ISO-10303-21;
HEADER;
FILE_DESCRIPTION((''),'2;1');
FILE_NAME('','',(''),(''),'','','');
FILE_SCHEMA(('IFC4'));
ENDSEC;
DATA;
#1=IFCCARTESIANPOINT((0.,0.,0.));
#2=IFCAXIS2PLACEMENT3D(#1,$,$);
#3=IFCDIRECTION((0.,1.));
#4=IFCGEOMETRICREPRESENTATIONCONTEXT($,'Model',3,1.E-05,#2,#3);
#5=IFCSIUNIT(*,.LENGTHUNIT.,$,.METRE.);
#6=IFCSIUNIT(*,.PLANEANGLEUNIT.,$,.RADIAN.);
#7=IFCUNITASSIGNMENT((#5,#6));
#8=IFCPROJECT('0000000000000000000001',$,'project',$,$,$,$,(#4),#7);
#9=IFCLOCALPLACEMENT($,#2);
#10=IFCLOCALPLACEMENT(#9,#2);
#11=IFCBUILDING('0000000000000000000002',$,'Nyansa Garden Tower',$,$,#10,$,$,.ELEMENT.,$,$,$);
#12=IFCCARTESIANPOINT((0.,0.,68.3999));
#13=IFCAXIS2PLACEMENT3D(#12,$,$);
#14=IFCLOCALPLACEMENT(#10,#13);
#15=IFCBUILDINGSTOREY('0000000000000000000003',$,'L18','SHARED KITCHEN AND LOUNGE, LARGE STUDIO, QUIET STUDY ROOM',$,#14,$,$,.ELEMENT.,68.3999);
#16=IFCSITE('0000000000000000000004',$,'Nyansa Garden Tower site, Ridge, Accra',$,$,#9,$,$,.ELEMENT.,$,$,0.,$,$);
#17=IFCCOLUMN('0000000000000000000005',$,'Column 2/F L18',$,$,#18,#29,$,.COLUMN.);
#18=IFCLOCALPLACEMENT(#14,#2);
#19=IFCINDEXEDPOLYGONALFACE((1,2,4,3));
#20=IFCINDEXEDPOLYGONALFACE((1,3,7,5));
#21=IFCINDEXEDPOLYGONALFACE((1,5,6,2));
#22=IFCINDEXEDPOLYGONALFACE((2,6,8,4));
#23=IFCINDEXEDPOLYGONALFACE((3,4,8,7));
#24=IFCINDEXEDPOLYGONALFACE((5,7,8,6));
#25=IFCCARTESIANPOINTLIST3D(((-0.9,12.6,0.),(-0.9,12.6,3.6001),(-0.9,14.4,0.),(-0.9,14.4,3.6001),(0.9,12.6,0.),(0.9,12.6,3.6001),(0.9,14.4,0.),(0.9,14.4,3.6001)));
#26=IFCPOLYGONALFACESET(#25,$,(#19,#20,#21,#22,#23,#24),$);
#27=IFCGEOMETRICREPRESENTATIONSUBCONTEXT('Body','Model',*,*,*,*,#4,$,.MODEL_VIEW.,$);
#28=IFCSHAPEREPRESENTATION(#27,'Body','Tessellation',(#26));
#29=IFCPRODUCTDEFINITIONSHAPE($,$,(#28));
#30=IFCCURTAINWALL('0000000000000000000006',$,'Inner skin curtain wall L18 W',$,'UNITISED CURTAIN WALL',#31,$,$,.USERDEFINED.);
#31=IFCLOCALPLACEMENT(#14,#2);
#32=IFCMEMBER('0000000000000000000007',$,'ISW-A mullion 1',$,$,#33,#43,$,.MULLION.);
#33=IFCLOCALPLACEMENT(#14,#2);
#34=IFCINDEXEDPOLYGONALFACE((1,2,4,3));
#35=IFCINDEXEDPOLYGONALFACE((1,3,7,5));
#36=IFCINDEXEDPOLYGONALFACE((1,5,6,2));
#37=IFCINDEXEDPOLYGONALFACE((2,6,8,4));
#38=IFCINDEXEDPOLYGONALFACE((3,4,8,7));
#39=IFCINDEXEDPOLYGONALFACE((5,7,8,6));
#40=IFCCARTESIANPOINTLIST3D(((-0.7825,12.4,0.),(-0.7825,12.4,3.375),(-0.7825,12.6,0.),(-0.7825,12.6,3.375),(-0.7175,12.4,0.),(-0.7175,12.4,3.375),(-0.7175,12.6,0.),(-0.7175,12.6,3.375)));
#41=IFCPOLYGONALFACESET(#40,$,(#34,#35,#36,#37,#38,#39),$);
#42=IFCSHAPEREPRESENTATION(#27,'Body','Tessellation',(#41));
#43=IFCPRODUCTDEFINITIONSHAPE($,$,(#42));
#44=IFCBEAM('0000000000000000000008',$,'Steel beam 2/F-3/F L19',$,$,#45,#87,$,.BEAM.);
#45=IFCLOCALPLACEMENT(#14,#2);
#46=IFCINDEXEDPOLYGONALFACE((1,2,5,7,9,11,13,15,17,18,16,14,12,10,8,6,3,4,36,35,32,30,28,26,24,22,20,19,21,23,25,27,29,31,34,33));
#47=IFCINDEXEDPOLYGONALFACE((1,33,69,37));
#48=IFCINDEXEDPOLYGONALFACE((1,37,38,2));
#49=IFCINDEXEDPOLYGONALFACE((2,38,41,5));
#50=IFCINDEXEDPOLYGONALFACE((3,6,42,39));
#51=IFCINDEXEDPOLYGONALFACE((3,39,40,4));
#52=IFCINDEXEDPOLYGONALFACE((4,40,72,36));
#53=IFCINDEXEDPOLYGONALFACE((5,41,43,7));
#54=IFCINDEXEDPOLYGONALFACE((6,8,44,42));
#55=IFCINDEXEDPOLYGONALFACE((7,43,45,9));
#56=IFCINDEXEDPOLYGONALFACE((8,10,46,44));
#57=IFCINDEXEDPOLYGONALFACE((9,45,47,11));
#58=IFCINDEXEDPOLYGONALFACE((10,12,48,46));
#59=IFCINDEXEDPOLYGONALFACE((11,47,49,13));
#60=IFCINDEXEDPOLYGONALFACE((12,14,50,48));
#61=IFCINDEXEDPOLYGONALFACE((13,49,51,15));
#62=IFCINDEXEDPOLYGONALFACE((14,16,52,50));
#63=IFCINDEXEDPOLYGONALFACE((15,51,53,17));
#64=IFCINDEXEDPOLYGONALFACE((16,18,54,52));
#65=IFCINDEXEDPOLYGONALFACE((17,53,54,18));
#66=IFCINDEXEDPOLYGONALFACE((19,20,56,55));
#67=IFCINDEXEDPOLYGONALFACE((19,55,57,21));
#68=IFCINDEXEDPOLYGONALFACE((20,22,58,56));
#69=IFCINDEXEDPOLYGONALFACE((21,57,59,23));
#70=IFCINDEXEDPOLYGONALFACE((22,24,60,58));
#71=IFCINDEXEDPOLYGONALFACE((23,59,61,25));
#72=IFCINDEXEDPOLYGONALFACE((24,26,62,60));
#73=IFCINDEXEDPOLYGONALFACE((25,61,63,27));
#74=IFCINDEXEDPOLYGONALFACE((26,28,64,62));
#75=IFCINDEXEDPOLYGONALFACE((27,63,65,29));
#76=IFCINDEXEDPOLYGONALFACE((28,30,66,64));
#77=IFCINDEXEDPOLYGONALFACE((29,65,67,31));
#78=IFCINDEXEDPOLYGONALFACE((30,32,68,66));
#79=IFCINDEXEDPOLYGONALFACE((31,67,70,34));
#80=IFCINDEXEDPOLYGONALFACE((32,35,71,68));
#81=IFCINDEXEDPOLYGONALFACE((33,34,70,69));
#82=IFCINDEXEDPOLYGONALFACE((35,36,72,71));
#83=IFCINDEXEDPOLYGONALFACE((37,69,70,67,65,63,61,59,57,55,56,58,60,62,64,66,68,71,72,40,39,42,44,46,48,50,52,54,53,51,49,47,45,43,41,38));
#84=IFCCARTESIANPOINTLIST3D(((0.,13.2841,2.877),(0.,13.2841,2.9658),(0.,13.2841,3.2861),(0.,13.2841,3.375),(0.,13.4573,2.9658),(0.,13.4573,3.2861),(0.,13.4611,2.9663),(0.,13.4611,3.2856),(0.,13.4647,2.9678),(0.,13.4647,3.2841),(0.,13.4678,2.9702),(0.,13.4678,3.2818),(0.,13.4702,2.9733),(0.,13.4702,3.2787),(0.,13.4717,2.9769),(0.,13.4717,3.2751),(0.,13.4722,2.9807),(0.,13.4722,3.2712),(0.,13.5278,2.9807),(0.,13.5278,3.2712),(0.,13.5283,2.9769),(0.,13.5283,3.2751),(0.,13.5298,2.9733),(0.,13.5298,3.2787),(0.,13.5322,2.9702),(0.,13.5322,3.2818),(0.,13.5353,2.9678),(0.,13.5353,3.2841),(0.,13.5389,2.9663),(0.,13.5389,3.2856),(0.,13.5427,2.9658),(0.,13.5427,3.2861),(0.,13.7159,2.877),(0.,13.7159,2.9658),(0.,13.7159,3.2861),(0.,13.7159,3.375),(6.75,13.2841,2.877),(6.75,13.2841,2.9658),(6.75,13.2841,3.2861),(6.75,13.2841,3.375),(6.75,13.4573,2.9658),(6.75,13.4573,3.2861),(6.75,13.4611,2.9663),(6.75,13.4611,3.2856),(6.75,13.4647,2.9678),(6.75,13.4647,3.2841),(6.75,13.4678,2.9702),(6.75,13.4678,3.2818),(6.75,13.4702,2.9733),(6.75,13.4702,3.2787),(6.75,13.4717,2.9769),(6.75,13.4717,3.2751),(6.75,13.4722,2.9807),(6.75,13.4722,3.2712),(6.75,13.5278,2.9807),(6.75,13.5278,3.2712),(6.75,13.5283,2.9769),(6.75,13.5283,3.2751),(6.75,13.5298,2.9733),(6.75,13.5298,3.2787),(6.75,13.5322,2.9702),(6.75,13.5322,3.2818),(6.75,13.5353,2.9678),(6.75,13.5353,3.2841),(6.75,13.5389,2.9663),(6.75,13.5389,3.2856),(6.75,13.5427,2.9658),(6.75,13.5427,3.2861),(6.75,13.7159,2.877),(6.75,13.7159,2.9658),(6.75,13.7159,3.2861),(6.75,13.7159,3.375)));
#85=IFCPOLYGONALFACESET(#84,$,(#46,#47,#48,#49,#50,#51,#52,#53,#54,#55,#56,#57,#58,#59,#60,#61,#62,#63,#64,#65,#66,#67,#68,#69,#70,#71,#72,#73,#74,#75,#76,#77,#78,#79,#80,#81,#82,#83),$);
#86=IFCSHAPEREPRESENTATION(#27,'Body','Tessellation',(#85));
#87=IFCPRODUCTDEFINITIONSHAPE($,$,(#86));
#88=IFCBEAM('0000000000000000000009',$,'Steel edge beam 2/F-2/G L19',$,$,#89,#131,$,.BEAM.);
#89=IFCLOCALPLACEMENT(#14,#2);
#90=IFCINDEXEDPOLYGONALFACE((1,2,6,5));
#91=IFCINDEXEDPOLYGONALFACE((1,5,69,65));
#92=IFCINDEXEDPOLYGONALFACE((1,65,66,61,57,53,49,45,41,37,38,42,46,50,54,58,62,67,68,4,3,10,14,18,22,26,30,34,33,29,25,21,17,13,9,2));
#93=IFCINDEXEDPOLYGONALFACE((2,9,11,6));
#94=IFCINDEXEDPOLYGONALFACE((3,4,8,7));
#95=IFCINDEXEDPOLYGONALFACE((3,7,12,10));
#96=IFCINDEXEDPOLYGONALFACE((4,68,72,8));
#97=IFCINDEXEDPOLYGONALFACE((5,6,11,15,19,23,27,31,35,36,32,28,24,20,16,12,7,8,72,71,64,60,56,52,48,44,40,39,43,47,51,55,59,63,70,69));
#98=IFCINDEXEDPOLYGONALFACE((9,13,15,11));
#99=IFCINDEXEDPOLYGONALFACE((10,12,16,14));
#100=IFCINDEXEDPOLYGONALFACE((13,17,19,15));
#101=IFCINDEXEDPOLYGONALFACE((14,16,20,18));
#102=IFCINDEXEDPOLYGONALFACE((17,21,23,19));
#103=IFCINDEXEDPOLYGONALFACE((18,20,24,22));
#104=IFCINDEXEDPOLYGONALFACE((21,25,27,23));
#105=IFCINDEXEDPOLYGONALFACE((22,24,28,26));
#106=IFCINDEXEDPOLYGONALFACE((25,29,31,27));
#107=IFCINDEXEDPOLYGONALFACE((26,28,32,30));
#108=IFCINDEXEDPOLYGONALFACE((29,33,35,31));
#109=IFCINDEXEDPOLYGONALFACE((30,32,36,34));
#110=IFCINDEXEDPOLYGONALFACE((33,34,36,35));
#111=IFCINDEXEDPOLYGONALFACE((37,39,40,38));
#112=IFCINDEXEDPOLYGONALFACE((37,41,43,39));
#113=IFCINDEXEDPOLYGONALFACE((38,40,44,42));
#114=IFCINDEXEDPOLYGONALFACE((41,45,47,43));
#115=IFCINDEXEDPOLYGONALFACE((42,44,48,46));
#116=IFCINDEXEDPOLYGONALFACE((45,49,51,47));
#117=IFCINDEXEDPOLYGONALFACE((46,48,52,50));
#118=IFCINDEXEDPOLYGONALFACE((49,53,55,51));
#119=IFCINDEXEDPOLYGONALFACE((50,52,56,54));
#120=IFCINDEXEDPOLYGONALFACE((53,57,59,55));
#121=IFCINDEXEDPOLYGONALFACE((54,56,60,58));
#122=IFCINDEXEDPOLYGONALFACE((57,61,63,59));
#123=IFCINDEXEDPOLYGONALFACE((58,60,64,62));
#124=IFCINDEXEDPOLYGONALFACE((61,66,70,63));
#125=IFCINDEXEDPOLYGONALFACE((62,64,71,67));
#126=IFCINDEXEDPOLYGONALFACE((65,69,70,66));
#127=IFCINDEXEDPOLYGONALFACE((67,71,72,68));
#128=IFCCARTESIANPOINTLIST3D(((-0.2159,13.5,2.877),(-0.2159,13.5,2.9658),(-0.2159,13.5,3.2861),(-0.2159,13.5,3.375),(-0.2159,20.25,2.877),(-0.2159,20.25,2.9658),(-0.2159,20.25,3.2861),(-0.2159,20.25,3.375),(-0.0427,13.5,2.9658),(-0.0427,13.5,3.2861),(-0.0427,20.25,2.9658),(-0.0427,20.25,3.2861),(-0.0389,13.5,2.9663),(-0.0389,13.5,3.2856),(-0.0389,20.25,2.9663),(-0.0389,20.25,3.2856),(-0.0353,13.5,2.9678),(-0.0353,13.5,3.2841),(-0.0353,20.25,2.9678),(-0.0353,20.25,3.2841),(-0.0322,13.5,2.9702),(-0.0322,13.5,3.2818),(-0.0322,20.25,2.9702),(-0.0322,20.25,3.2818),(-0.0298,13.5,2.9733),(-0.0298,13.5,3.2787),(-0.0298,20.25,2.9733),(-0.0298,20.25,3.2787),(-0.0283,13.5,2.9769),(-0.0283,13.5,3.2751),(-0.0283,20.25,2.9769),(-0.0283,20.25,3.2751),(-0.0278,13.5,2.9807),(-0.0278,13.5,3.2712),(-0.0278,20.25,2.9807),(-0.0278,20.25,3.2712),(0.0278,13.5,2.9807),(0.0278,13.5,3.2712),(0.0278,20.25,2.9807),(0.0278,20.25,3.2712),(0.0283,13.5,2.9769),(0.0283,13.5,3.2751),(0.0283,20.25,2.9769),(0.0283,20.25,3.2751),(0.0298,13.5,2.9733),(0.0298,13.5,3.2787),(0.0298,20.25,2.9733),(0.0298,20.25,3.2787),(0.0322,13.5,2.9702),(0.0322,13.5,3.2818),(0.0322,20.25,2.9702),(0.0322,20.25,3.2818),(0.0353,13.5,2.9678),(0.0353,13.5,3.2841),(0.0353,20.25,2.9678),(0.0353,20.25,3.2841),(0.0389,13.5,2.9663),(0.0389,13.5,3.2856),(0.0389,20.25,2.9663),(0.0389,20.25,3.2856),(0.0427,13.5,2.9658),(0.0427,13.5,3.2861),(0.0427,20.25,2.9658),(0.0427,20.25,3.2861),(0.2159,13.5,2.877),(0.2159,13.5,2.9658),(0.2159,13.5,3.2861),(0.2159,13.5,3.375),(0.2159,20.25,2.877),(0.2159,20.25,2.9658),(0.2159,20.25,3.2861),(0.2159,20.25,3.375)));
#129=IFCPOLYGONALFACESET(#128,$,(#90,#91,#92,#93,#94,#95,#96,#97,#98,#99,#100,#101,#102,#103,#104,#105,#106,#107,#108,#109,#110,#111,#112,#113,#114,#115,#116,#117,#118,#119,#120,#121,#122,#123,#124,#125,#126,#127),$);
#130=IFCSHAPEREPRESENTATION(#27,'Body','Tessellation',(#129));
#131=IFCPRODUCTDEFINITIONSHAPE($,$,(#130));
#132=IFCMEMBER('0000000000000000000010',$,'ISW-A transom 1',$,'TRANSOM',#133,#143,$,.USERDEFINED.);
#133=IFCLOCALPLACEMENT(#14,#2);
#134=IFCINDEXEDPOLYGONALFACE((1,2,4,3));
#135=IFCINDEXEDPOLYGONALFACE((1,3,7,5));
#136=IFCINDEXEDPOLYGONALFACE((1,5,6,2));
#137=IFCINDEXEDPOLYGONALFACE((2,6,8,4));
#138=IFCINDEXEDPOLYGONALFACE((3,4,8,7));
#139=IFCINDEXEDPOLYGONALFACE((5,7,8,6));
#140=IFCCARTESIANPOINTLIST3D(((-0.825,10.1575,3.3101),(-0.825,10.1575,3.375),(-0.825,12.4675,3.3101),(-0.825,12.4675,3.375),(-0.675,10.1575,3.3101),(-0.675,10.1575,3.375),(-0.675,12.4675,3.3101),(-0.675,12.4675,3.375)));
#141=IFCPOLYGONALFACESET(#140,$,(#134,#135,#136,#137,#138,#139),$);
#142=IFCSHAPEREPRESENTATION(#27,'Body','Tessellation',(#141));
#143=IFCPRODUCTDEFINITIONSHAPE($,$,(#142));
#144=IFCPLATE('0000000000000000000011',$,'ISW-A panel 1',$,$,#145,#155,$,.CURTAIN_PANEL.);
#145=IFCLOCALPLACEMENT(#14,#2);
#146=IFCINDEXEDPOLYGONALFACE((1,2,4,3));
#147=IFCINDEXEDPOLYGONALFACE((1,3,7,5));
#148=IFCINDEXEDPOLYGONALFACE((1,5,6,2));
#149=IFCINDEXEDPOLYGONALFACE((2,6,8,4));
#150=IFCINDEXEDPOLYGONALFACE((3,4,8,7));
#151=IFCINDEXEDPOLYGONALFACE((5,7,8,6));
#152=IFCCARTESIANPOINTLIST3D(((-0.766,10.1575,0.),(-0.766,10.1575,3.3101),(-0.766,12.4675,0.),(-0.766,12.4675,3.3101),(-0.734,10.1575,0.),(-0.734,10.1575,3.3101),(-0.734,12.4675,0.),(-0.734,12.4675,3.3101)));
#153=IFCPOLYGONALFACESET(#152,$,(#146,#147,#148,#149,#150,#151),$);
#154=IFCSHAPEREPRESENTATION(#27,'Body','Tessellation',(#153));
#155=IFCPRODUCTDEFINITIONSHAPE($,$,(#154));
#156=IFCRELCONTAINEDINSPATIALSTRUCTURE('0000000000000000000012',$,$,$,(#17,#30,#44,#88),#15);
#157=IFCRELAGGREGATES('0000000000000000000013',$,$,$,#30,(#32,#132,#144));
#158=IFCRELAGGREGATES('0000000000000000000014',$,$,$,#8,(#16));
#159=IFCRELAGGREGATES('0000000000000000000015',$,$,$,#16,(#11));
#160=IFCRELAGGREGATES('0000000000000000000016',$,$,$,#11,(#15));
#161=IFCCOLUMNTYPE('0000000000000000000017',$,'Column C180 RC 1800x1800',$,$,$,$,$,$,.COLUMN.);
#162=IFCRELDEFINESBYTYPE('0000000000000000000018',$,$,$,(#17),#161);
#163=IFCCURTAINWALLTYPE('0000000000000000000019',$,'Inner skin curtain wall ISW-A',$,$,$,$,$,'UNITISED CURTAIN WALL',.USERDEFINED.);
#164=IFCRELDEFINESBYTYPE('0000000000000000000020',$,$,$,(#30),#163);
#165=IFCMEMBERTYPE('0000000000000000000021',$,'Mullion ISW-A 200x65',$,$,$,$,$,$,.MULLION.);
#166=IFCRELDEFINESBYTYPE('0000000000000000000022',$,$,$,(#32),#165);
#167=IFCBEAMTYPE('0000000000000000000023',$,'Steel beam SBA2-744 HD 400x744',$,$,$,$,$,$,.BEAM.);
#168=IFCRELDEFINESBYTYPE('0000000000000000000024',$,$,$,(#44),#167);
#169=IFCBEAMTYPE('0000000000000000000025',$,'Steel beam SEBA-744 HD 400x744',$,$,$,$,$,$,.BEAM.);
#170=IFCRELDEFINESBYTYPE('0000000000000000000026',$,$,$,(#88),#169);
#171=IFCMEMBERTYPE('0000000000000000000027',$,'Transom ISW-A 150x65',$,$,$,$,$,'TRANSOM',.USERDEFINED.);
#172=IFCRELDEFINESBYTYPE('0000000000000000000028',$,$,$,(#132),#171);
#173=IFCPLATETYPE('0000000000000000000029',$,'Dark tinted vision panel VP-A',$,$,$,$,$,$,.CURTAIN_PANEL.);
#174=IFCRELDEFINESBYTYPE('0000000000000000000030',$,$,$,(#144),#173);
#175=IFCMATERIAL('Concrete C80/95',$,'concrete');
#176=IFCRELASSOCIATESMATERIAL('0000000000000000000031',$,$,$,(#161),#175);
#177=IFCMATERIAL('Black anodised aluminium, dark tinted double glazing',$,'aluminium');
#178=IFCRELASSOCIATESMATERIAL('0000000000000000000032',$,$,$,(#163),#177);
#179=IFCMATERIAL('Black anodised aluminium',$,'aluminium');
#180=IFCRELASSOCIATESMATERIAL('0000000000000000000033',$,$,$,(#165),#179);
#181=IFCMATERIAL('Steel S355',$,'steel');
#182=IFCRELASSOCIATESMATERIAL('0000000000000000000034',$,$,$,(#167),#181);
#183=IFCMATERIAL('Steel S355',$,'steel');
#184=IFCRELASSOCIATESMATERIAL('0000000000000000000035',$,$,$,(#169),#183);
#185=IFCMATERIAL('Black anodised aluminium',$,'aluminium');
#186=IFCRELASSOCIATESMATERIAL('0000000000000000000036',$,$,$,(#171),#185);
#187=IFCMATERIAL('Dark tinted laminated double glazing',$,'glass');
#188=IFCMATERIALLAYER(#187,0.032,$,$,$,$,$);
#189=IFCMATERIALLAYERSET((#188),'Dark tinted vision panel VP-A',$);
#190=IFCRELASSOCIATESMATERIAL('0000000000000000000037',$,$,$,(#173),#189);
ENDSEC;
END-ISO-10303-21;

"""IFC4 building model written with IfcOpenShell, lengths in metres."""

from ifc_helpers import new_model, si_unit, direction, frame, origin, origin_2d, place, context, subcontext, project, spatial, rectangle, i_section, extrude, material, layer, layer_set, material_profile, profile_set, type_object, element, aggregate, save


model = new_model("IFC4")

# Units and contexts
model_context = context("Model", 3, precision=1e-05, world=origin(), true_north=direction((0.0, 1.0)))
body_context = subcontext(model_context, "Body", "Model", "MODEL_VIEW")
ifc_project = project(units=[si_unit("LENGTHUNIT", "METRE"), si_unit("PLANEANGLEUNIT", "RADIAN")], contexts=[model_context])

# Site, building, storey
site_placement = place(None, origin())
site = spatial("IfcSite", under=ifc_project, at=site_placement, Name="Nyansa Garden Tower site, Ridge, Accra", CompositionType="ELEMENT", RefElevation=0.0)
building_placement = place(site_placement, origin())
building = spatial("IfcBuilding", under=site, at=building_placement, Name="Nyansa Garden Tower", CompositionType="ELEMENT")
storey_placement = place(building_placement, frame((0.0, 0.0, 68.3999)))
storey = spatial("IfcBuildingStorey", under=building, at=storey_placement, Name="L18", Description="SHARED KITCHEN AND LOUNGE, LARGE STUDIO, QUIET STUDY ROOM", CompositionType="ELEMENT", Elevation=68.3999)

# Column
ifc_material_1 = material(Name="Concrete C80/95", Category="concrete")
ifc_material_profile_1 = material_profile(ifc_material_1, rectangle(XDim=1.8, YDim=1.8, at=origin_2d()), Name="RC 1800x1800")
ifc_profile_set_1 = profile_set([ifc_material_profile_1], Name="Concrete C80/95")
column_type = type_object("IfcColumnType", Name="Column C180 RC 1800x1800", PredefinedType="COLUMN", material=ifc_profile_set_1)
column_placement = place(storey_placement, frame((0.0, 13.5, 0.0), z_axis=(0.0, 0.0, 1.0), x_axis=(1.0, 0.0, 0.0)))
element("IfcColumn", 1, at=column_placement, inside=storey, type_object=column_type, Name="Column 2/F L18", PredefinedType="COLUMN", context=body_context, shape_type="SweptSolid", body=[
    extrude(rectangle(XDim=1.8, YDim=1.8, at=origin_2d()), origin(), (0.0, 0.0, 1.0), 3.6001),
])

# Curtain wall, member
ifc_material_2 = material(Name="Black anodised aluminium, dark tinted double glazing", Category="aluminium")
curtain_wall_type = type_object("IfcCurtainWallType", Name="Inner skin curtain wall ISW-A", ElementType="UNITISED CURTAIN WALL", PredefinedType="USERDEFINED", material=ifc_material_2)
curtain_wall_placement = place(storey_placement, origin())
curtain_wall = element("IfcCurtainWall", 2, at=curtain_wall_placement, inside=storey, type_object=curtain_wall_type, Name="Inner skin curtain wall L18 W", ObjectType="UNITISED CURTAIN WALL", PredefinedType="USERDEFINED")
ifc_material_3 = material(Name="Black anodised aluminium", Category="aluminium")
ifc_material_profile_2 = material_profile(ifc_material_3, rectangle(XDim=0.0649, YDim=0.2, at=origin_2d()), Name="Mullion 200x65")
ifc_profile_set_2 = profile_set([ifc_material_profile_2], Name="Black anodised aluminium")
member_type_1 = type_object("IfcMemberType", Name="Mullion ISW-A 200x65", PredefinedType="MULLION", material=ifc_profile_set_2)
member_1_placement = place(storey_placement, frame((-0.75, 12.5, 0.0), z_axis=(0.0, 0.0, 1.0), x_axis=(1.0, 0.0, 0.0)))
member_1 = element("IfcMember", 3, at=member_1_placement, type_object=member_type_1, Name="ISW-A mullion 1", PredefinedType="MULLION", context=body_context, shape_type="SweptSolid", body=[
    extrude(rectangle(XDim=0.0649, YDim=0.2, at=origin_2d()), origin(), (0.0, 0.0, 1.0), 3.375),
])

# Beams
ifc_material_4 = material(Name="Steel S355", Category="steel")
ifc_material_profile_3 = material_profile(ifc_material_4, i_section(OverallWidth=0.4319, OverallDepth=0.498, WebThickness=0.0557, FlangeThickness=0.0889, FilletRadius=0.0149, at=origin_2d()), Name="HD 400x744")
ifc_profile_set_3 = profile_set([ifc_material_profile_3], Name="Steel S355")
beam_type_1 = type_object("IfcBeamType", Name="Steel beam SBA2-744 HD 400x744", PredefinedType="BEAM", material=ifc_profile_set_3)
beam_1_placement = place(storey_placement, frame((0.0, 13.5, 3.126), z_axis=(1.0, 0.0, 0.0), x_axis=(0.0, 1.0, 0.0)))
element("IfcBeam", 4, at=beam_1_placement, inside=storey, type_object=beam_type_1, Name="Steel beam 2/F-3/F L19", PredefinedType="BEAM", context=body_context, shape_type="SweptSolid", body=[
    extrude(i_section(OverallWidth=0.4319, OverallDepth=0.498, WebThickness=0.0557, FlangeThickness=0.0889, FilletRadius=0.0149, at=origin_2d()), origin(), (0.0, 0.0, 1.0), 6.75),
])
ifc_material_5 = material(Name="Steel S355", Category="steel")
ifc_material_profile_4 = material_profile(ifc_material_5, i_section(OverallWidth=0.4319, OverallDepth=0.498, WebThickness=0.0557, FlangeThickness=0.0889, FilletRadius=0.0149, at=origin_2d()), Name="HD 400x744")
ifc_profile_set_4 = profile_set([ifc_material_profile_4], Name="Steel S355")
beam_type_2 = type_object("IfcBeamType", Name="Steel beam SEBA-744 HD 400x744", PredefinedType="BEAM", material=ifc_profile_set_4)
beam_2_placement = place(storey_placement, frame((0.0, 13.5, 3.126), z_axis=(0.0, 1.0, 0.0), x_axis=(-1.0, 0.0, 0.0)))
element("IfcBeam", 5, at=beam_2_placement, inside=storey, type_object=beam_type_2, Name="Steel edge beam 2/F-2/G L19", PredefinedType="BEAM", context=body_context, shape_type="SweptSolid", body=[
    extrude(i_section(OverallWidth=0.4319, OverallDepth=0.498, WebThickness=0.0557, FlangeThickness=0.0889, FilletRadius=0.0149, at=origin_2d()), origin(), (0.0, 0.0, 1.0), 6.75),
])

# Member
ifc_material_6 = material(Name="Black anodised aluminium", Category="aluminium")
ifc_material_profile_5 = material_profile(ifc_material_6, rectangle(XDim=0.1499, YDim=0.0649, at=origin_2d()), Name="Transom 150x65")
ifc_profile_set_5 = profile_set([ifc_material_profile_5], Name="Black anodised aluminium")
member_type_2 = type_object("IfcMemberType", Name="Transom ISW-A 150x65", ElementType="TRANSOM", PredefinedType="USERDEFINED", material=ifc_profile_set_5)
member_2_placement = place(storey_placement, frame((-0.75, 12.4675, 3.3425), z_axis=(0.0, -1.0, 0.0), x_axis=(1.0, 0.0, 0.0)))
member_2 = element("IfcMember", 6, at=member_2_placement, type_object=member_type_2, Name="ISW-A transom 1", ObjectType="TRANSOM", PredefinedType="USERDEFINED", context=body_context, shape_type="SweptSolid", body=[
    extrude(rectangle(XDim=0.1499, YDim=0.0649, at=origin_2d()), origin(), (0.0, 0.0, 1.0), 2.3101),
])

# Plate
ifc_material_7 = material(Name="Dark tinted laminated double glazing", Category="glass")
ifc_layer_1 = layer(ifc_material_7, 0.032)
ifc_layer_set_1 = layer_set([ifc_layer_1], Name="Dark tinted vision panel VP-A")
plate_type = type_object("IfcPlateType", Name="Dark tinted vision panel VP-A", PredefinedType="CURTAIN_PANEL", material=ifc_layer_set_1)
plate_placement = place(storey_placement, frame((-0.75, 11.3125, 0.0), z_axis=(0.0, 0.0, 1.0), x_axis=(0.0, -1.0, 0.0)))
plate = element("IfcPlate", 7, at=plate_placement, type_object=plate_type, Name="ISW-A panel 1", PredefinedType="CURTAIN_PANEL", context=body_context, shape_type="SweptSolid", body=[
    extrude(rectangle(XDim=2.3101, YDim=0.032, at=origin_2d()), origin(), (0.0, 0.0, 1.0), 3.3101),
])
aggregate(curtain_wall, [member_1, member_2, plate])

save(model, "model.ifc")
